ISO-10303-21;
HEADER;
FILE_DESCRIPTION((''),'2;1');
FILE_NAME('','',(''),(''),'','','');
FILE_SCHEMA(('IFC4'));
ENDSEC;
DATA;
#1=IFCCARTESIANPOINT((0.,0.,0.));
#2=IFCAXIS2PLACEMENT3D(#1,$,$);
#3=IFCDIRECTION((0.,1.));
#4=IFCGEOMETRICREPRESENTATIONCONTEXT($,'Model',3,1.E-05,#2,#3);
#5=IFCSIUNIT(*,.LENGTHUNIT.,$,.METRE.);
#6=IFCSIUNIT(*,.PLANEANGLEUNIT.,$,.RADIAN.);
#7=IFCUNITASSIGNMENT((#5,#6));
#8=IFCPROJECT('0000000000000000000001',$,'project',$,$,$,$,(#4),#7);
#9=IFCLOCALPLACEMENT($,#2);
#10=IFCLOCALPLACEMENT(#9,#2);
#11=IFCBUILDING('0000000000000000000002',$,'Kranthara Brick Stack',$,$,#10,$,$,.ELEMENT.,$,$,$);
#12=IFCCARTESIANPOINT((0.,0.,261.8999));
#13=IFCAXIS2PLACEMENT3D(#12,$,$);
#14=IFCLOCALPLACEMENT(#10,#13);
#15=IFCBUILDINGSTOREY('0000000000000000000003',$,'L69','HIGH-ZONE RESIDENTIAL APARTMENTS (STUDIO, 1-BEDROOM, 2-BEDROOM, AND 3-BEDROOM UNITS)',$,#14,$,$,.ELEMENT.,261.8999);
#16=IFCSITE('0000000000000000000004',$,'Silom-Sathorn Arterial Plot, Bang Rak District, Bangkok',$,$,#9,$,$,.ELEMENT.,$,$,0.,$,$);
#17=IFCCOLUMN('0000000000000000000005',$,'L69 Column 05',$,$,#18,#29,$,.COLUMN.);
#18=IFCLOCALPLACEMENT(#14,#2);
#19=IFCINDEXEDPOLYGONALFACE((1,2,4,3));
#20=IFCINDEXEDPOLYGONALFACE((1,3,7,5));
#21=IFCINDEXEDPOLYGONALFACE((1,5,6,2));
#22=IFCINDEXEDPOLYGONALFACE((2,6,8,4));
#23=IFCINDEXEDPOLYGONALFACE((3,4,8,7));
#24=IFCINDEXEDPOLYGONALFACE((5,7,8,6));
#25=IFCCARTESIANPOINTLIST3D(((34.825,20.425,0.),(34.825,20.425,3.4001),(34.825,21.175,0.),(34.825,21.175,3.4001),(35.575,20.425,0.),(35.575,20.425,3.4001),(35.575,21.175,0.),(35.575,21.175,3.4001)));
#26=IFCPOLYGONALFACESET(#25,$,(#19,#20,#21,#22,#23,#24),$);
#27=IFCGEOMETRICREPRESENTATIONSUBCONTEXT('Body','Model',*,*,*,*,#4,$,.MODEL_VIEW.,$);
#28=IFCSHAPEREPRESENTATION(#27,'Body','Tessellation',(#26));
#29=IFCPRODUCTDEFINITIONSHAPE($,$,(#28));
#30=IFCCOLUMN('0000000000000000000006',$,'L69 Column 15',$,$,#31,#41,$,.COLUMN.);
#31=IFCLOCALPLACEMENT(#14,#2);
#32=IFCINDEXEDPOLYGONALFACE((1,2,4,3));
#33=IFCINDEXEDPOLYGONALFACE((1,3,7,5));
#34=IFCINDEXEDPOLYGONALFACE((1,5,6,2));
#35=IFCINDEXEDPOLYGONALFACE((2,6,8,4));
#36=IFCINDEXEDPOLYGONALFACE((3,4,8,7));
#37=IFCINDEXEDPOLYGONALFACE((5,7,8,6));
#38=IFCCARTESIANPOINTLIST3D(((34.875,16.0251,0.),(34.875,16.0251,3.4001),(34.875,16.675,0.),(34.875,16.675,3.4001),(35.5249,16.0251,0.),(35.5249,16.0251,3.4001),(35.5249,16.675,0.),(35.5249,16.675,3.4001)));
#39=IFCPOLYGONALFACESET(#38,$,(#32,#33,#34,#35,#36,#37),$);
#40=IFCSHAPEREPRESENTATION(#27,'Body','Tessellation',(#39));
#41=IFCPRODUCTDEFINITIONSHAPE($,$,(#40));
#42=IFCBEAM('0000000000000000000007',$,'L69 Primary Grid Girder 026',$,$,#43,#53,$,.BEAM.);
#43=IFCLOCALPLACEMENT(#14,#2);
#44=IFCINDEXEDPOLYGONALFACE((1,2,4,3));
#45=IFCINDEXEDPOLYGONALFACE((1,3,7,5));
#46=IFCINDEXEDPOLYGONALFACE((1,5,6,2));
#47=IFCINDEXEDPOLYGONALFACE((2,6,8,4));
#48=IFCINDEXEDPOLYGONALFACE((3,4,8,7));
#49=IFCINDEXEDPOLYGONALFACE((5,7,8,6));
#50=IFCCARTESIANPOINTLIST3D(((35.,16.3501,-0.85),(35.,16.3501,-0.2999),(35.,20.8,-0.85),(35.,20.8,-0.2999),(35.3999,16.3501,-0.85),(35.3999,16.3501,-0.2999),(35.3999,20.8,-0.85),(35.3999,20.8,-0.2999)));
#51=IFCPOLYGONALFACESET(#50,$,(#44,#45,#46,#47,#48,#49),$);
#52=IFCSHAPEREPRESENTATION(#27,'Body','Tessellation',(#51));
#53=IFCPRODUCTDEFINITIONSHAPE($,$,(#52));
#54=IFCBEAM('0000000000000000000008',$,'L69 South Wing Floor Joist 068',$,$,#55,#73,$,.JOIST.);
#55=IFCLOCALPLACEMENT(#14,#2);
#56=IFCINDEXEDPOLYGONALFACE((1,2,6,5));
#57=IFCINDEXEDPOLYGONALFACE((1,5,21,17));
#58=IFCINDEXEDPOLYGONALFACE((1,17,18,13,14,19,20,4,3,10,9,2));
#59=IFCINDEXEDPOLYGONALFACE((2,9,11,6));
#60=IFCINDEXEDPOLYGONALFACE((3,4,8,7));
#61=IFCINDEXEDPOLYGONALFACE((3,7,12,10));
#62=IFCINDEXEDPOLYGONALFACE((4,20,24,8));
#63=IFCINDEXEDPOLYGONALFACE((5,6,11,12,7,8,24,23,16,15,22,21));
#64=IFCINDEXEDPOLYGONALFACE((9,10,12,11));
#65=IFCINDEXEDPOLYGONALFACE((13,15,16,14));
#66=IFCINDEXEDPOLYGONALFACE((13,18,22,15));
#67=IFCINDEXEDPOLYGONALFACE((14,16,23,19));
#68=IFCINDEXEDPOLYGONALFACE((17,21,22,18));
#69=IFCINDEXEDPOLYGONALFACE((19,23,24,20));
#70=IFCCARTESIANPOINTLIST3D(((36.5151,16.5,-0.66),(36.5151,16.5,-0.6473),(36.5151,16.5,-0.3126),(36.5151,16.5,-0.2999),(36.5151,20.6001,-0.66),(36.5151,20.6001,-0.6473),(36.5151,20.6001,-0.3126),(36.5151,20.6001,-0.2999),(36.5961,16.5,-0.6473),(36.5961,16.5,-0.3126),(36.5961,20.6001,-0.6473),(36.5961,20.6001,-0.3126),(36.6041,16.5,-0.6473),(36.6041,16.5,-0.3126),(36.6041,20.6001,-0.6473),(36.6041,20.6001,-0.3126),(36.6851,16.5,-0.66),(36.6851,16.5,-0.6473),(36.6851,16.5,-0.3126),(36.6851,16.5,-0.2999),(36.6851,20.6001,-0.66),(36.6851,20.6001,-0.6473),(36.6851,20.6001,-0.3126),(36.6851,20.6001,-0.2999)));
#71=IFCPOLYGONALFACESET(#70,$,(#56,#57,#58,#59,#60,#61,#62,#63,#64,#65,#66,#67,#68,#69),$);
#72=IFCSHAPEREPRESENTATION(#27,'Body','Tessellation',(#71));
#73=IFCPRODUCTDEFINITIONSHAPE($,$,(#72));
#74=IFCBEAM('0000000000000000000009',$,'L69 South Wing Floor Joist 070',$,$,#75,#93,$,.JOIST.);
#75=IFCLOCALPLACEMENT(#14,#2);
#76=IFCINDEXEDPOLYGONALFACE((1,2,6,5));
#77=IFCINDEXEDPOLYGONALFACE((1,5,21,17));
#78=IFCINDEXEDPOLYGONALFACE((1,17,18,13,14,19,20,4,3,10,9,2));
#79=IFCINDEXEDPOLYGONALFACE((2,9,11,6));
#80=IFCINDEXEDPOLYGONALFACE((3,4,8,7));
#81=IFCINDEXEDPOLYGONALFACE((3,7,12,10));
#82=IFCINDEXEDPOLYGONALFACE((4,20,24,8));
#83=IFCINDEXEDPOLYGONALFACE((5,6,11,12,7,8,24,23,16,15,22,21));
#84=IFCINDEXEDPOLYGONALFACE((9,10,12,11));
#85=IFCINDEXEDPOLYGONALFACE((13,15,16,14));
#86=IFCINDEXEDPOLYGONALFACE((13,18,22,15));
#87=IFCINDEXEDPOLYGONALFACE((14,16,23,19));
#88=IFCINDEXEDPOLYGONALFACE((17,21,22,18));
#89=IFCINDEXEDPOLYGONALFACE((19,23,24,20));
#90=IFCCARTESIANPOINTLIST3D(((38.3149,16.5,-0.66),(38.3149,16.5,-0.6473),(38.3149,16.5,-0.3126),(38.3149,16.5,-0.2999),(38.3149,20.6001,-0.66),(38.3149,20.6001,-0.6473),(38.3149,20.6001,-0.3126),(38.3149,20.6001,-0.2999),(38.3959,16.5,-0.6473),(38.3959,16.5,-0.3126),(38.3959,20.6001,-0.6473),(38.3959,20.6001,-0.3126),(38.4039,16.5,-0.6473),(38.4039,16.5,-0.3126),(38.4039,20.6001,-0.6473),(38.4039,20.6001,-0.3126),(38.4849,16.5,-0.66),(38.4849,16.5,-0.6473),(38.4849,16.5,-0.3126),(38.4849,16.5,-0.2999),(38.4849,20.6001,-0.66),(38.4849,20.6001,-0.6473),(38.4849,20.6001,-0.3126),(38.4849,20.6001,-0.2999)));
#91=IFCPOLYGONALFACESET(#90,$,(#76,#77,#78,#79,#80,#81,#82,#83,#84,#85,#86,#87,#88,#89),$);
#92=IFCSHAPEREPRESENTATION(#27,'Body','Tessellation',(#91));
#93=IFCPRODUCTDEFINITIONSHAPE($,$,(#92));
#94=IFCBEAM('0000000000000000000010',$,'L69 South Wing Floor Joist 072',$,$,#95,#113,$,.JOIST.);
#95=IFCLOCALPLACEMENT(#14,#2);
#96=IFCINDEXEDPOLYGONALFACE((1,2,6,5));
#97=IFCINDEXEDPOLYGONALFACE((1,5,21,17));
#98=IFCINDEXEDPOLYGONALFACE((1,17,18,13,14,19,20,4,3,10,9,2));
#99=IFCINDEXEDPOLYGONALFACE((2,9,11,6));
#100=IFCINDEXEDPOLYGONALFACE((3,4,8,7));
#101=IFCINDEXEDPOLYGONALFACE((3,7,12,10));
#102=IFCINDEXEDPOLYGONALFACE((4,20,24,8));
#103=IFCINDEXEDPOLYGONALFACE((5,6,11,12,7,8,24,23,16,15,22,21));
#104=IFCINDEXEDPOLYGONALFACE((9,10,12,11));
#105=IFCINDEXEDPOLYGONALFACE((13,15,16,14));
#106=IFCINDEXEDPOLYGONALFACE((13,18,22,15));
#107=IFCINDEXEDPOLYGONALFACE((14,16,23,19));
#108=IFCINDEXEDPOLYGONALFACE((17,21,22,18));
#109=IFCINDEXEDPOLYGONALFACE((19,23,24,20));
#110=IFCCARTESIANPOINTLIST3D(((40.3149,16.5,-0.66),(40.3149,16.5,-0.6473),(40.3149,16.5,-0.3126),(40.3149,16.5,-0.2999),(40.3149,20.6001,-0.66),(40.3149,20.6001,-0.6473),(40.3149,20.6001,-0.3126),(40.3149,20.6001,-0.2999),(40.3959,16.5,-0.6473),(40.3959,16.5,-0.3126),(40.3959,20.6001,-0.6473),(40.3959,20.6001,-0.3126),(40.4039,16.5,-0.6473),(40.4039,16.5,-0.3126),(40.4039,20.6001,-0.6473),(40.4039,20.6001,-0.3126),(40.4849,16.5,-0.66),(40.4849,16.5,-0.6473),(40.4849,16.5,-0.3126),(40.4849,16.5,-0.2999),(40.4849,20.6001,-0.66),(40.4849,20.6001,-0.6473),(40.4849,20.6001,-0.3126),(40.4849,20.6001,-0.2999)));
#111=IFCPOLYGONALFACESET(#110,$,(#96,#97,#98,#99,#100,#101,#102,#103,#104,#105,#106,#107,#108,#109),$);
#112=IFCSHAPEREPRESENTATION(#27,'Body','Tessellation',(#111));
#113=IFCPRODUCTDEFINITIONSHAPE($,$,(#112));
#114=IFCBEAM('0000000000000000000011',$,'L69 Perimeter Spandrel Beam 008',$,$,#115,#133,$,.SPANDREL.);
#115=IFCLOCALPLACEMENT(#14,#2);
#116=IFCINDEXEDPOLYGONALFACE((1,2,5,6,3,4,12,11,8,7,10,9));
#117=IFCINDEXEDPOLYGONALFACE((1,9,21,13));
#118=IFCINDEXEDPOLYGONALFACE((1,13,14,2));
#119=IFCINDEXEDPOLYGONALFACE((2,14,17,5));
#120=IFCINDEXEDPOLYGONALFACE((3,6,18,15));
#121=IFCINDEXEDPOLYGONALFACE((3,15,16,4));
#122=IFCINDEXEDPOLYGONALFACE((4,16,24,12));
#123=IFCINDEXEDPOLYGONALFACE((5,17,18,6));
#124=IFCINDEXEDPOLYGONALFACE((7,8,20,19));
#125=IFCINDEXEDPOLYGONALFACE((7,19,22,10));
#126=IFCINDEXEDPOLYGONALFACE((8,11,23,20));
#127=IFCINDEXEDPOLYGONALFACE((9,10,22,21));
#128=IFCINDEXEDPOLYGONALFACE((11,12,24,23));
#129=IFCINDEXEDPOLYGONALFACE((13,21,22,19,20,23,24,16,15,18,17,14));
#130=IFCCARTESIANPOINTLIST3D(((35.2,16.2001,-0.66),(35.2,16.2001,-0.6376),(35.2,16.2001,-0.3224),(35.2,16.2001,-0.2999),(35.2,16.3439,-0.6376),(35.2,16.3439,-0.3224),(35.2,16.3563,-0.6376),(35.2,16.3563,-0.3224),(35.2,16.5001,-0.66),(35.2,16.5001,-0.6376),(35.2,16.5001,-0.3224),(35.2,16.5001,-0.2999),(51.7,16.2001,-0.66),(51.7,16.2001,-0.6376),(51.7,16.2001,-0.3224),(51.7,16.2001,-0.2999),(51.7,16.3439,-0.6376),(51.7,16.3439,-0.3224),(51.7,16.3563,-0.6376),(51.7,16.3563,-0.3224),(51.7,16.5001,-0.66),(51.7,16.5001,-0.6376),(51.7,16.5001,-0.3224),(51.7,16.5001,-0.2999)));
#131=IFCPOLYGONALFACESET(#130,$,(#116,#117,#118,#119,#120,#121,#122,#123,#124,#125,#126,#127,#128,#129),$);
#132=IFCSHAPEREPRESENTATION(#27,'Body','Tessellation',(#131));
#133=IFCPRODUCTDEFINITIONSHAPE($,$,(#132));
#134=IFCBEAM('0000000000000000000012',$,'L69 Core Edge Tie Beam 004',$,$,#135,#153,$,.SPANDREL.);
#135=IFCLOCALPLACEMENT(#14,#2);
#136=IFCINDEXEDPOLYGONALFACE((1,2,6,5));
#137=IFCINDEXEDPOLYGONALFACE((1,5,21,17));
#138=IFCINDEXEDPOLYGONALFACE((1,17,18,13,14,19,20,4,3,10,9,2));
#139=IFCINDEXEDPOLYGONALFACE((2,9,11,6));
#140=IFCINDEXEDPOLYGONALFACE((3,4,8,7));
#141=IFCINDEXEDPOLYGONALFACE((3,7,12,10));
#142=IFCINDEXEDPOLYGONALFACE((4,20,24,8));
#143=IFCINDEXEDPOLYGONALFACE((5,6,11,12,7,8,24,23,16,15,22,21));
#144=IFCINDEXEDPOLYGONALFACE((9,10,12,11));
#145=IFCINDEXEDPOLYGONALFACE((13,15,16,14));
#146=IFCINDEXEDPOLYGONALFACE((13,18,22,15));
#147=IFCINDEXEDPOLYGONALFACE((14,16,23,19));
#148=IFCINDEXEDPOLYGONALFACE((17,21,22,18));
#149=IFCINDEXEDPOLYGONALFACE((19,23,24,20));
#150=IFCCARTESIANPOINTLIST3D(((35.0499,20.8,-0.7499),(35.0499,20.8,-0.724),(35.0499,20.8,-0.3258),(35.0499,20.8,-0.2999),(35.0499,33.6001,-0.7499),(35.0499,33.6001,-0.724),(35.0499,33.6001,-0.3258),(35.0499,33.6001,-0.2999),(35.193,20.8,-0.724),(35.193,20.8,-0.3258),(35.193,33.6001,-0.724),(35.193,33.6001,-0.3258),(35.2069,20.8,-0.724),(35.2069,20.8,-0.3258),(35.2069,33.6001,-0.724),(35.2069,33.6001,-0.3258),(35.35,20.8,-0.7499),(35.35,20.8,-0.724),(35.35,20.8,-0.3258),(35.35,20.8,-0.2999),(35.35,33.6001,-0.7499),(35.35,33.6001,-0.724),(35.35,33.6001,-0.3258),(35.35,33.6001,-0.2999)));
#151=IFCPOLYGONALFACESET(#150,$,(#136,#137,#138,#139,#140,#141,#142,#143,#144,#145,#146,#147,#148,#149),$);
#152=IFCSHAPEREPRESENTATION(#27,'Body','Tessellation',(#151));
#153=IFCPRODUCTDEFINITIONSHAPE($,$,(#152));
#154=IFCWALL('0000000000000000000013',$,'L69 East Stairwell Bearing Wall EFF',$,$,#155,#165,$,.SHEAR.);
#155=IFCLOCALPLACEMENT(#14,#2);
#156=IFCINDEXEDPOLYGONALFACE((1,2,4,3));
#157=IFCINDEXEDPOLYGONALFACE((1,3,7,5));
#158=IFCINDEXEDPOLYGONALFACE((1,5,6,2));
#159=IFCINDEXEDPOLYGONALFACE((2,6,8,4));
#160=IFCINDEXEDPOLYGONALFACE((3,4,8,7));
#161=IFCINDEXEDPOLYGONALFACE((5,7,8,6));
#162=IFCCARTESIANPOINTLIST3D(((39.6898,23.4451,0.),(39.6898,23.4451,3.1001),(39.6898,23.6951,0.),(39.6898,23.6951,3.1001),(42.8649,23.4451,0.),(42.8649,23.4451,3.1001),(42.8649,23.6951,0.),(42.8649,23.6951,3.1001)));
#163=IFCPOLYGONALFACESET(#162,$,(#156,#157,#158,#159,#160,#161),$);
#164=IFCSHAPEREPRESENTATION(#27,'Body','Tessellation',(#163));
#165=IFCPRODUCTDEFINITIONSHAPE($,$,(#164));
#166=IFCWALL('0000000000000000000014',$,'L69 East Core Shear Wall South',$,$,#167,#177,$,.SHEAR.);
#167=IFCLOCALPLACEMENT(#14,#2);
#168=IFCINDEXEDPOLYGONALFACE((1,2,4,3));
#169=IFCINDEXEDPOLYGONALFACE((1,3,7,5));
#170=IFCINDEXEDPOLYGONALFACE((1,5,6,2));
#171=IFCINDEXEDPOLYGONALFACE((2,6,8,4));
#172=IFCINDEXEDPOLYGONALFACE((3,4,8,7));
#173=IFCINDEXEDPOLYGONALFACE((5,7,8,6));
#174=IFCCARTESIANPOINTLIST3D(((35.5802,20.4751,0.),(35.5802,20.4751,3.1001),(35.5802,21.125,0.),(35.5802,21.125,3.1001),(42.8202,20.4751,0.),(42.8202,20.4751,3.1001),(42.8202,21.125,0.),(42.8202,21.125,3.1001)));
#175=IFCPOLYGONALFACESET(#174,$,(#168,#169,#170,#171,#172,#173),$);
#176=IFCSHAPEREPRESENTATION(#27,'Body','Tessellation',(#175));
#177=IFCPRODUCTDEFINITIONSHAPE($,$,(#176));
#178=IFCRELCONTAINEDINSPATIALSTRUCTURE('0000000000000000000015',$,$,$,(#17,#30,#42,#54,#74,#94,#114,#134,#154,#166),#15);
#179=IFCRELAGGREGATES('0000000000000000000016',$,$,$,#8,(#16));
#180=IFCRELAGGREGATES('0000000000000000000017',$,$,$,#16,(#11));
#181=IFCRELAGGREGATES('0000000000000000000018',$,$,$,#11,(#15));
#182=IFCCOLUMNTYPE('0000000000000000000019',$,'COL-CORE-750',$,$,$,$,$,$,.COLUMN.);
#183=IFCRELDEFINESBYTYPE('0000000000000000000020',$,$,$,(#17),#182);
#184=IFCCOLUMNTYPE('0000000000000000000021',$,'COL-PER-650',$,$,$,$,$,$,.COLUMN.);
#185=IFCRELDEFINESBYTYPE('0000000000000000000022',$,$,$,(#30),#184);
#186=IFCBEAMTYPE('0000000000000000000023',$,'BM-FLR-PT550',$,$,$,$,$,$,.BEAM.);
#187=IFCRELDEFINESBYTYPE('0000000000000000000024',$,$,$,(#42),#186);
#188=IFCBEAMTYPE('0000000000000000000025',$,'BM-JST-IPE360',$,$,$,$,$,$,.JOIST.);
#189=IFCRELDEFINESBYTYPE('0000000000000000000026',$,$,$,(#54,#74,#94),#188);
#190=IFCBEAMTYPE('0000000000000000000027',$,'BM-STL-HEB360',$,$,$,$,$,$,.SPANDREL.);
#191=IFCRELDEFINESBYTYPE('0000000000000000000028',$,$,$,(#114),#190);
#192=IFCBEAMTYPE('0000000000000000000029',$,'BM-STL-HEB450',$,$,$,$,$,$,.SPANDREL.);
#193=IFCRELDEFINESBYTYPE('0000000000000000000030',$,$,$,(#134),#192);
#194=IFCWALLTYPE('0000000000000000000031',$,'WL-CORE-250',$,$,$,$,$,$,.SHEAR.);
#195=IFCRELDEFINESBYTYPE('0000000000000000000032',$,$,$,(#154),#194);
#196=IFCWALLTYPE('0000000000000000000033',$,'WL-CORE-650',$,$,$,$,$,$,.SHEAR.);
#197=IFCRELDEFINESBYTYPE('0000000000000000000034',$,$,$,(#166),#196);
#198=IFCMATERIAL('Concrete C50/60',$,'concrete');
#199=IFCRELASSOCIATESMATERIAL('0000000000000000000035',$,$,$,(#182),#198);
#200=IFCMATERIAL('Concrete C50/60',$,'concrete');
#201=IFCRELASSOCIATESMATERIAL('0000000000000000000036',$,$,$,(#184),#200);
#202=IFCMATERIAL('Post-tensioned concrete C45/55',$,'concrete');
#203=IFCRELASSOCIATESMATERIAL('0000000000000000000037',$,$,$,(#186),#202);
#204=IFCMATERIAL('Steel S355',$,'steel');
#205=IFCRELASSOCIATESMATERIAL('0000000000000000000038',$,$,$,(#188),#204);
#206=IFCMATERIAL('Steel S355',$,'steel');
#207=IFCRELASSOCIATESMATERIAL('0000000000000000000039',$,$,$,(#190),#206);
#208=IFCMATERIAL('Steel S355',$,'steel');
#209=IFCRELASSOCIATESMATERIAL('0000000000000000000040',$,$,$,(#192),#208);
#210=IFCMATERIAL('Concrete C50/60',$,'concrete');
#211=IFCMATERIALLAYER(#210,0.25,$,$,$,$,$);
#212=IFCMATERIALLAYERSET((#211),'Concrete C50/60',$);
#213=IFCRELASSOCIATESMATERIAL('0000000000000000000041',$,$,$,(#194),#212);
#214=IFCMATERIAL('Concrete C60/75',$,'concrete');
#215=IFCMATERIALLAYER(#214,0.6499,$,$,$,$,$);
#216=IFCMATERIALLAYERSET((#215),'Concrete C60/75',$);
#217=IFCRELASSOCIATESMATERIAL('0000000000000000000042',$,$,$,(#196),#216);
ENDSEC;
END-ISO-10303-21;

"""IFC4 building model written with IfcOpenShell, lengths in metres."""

from ifc_helpers import new_model, si_unit, direction, frame, frame_2d, origin, origin_2d, place, context, subcontext, project, spatial, rectangle, i_section, extrude, material, layer, layer_set, material_profile, profile_set, type_object, element, save


model = new_model("IFC4")

# Units and contexts
model_context = context("Model", 3, precision=1e-05, world=origin(), true_north=direction((0.0, 1.0)))
body_context = subcontext(model_context, "Body", "Model", "MODEL_VIEW")
ifc_project = project(units=[si_unit("LENGTHUNIT", "METRE"), si_unit("PLANEANGLEUNIT", "RADIAN")], contexts=[model_context])

# Site, building, storey
site_placement = place(None, origin())
site = spatial("IfcSite", under=ifc_project, at=site_placement, Name="Silom-Sathorn Arterial Plot, Bang Rak District, Bangkok", CompositionType="ELEMENT", RefElevation=0.0)
building_placement = place(site_placement, origin())
building = spatial("IfcBuilding", under=site, at=building_placement, Name="Kranthara Brick Stack", CompositionType="ELEMENT")
storey_placement = place(building_placement, frame((0.0, 0.0, 261.8999)))
storey = spatial("IfcBuildingStorey", under=building, at=storey_placement, Name="L69", Description="HIGH-ZONE RESIDENTIAL APARTMENTS (STUDIO, 1-BEDROOM, 2-BEDROOM, AND 3-BEDROOM UNITS)", CompositionType="ELEMENT", Elevation=261.8999)

# Columns
ifc_material_1 = material(Name="Concrete C50/60", Category="concrete")
ifc_material_profile_1 = material_profile(ifc_material_1, rectangle(XDim=0.75, YDim=0.75, at=origin_2d()), Name="RC 750x750")
ifc_profile_set_1 = profile_set([ifc_material_profile_1], Name="Concrete C50/60")
column_type_1 = type_object("IfcColumnType", Name="COL-CORE-750", PredefinedType="COLUMN", material=ifc_profile_set_1)
column_1_placement = place(storey_placement, frame((35.2, 20.8, 0.0), z_axis=(0.0, 0.0, 1.0), x_axis=(1.0, 0.0, 0.0)))
element("IfcColumn", 1, at=column_1_placement, inside=storey, type_object=column_type_1, Name="L69 Column 05", PredefinedType="COLUMN", context=body_context, shape_type="SweptSolid", body=[
    extrude(rectangle(XDim=0.75, YDim=0.75, at=origin_2d()), origin(), (0.0, 0.0, 1.0), 3.4001),
])
ifc_material_2 = material(Name="Concrete C50/60", Category="concrete")
ifc_material_profile_2 = material_profile(ifc_material_2, rectangle(XDim=0.6499, YDim=0.6499, at=origin_2d()), Name="RC 650x650")
ifc_profile_set_2 = profile_set([ifc_material_profile_2], Name="Concrete C50/60")
column_type_2 = type_object("IfcColumnType", Name="COL-PER-650", PredefinedType="COLUMN", material=ifc_profile_set_2)
column_2_placement = place(storey_placement, frame((35.2, 16.3501, 0.0), z_axis=(0.0, 0.0, 1.0), x_axis=(1.0, 0.0, 0.0)))
element("IfcColumn", 2, at=column_2_placement, inside=storey, type_object=column_type_2, Name="L69 Column 15", PredefinedType="COLUMN", context=body_context, shape_type="SweptSolid", body=[
    extrude(rectangle(XDim=0.6499, YDim=0.6499, at=origin_2d()), origin(), (0.0, 0.0, 1.0), 3.4001),
])

# Beams
ifc_material_3 = material(Name="Post-tensioned concrete C45/55", Category="concrete")
ifc_material_profile_3 = material_profile(ifc_material_3, rectangle(XDim=0.3999, YDim=0.55, at=origin_2d()), Name="PT 400x550")
ifc_profile_set_3 = profile_set([ifc_material_profile_3], Name="Post-tensioned concrete C45/55")
beam_type_1 = type_object("IfcBeamType", Name="BM-FLR-PT550", PredefinedType="BEAM", material=ifc_profile_set_3)
beam_1_placement = place(storey_placement, frame((35.2, 16.3501, -0.575), z_axis=(0.0, 1.0, 0.0), x_axis=(-1.0, 0.0, 0.0)))
element("IfcBeam", 3, at=beam_1_placement, inside=storey, type_object=beam_type_1, Name="L69 Primary Grid Girder 026", PredefinedType="BEAM", context=body_context, shape_type="SweptSolid", body=[
    extrude(rectangle(XDim=0.3999, YDim=0.55, at=origin_2d()), origin(), (0.0, 0.0, 1.0), 4.45),
])
ifc_material_4 = material(Name="Steel S355", Category="steel")
ifc_material_profile_4 = material_profile(ifc_material_4, i_section(OverallWidth=0.1699, OverallDepth=0.3601, WebThickness=0.0081, FlangeThickness=0.0127, at=origin_2d()), Name="IPE 360")
ifc_profile_set_4 = profile_set([ifc_material_profile_4], Name="Steel S355")
beam_type_2 = type_object("IfcBeamType", Name="BM-JST-IPE360", PredefinedType="JOIST", material=ifc_profile_set_4)
for number, where, z_axis, x_axis, name in (
    (4, (36.6001, 16.5, -0.48), (0.0, 1.0, 0.0), (-1.0, 0.0, 0.0), "L69 South Wing Floor Joist 068"),
    (5, (38.3999, 16.5, -0.48), (0.0, 1.0, 0.0), (-1.0, 0.0, 0.0), "L69 South Wing Floor Joist 070"),
    (6, (40.3999, 16.5, -0.48), (0.0, 1.0, 0.0), (-1.0, 0.0, 0.0), "L69 South Wing Floor Joist 072"),
):
    element("IfcBeam", number, at=place(storey_placement, frame(where, z_axis=z_axis, x_axis=x_axis)), inside=storey, type_object=beam_type_2, Name=name, PredefinedType="JOIST", context=body_context, shape_type="SweptSolid", body=[
        extrude(i_section(OverallWidth=0.1699, OverallDepth=0.3601, WebThickness=0.0081, FlangeThickness=0.0127, at=origin_2d()), origin(), (0.0, 0.0, 1.0), 4.1001),
    ])
ifc_material_5 = material(Name="Steel S355", Category="steel")
ifc_material_profile_5 = material_profile(ifc_material_5, i_section(OverallWidth=0.3, OverallDepth=0.3601, WebThickness=0.0125, FlangeThickness=0.0225, at=origin_2d()), Name="HEB 360")
ifc_profile_set_5 = profile_set([ifc_material_profile_5], Name="Steel S355")
beam_type_3 = type_object("IfcBeamType", Name="BM-STL-HEB360", PredefinedType="SPANDREL", material=ifc_profile_set_5)
beam_2_placement = place(storey_placement, frame((35.2, 16.3501, -0.48), z_axis=(1.0, 0.0, 0.0), x_axis=(0.0, 1.0, 0.0)))
element("IfcBeam", 7, at=beam_2_placement, inside=storey, type_object=beam_type_3, Name="L69 Perimeter Spandrel Beam 008", PredefinedType="SPANDREL", context=body_context, shape_type="SweptSolid", body=[
    extrude(i_section(OverallWidth=0.3, OverallDepth=0.3601, WebThickness=0.0125, FlangeThickness=0.0225, at=origin_2d()), origin(), (0.0, 0.0, 1.0), 16.5),
])
ifc_material_6 = material(Name="Steel S355", Category="steel")
ifc_material_profile_6 = material_profile(ifc_material_6, i_section(OverallWidth=0.3, OverallDepth=0.45, WebThickness=0.0139, FlangeThickness=0.0259, at=origin_2d()), Name="HEB 450")
ifc_profile_set_6 = profile_set([ifc_material_profile_6], Name="Steel S355")
beam_type_4 = type_object("IfcBeamType", Name="BM-STL-HEB450", PredefinedType="SPANDREL", material=ifc_profile_set_6)
beam_3_placement = place(storey_placement, frame((35.2, 20.8, -0.5249), z_axis=(0.0, 1.0, 0.0), x_axis=(-1.0, 0.0, 0.0)))
element("IfcBeam", 8, at=beam_3_placement, inside=storey, type_object=beam_type_4, Name="L69 Core Edge Tie Beam 004", PredefinedType="SPANDREL", context=body_context, shape_type="SweptSolid", body=[
    extrude(i_section(OverallWidth=0.3, OverallDepth=0.45, WebThickness=0.0139, FlangeThickness=0.0259, at=origin_2d()), origin(), (0.0, 0.0, 1.0), 12.8),
])

# Shared definitions
ifc_material_7 = material(Name="Concrete C50/60", Category="concrete")
ifc_layer_1 = layer(ifc_material_7, 0.25)
ifc_layer_set_1 = layer_set([ifc_layer_1], Name="Concrete C50/60")
wall_type_1 = type_object("IfcWallType", Name="WL-CORE-250", PredefinedType="SHEAR", material=ifc_layer_set_1)

# Walls
wall_1_placement = place(storey_placement, frame((39.6899, 23.5701, 0.0), z_axis=(0.0, 0.0, 1.0), x_axis=(1.0, 0.0, 0.0)))
element("IfcWall", 9, at=wall_1_placement, inside=storey, type_object=wall_type_1, Name="L69 East Stairwell Bearing Wall EFF", PredefinedType="SHEAR", context=body_context, shape_type="SweptSolid", body=[
    extrude(rectangle(XDim=3.175, YDim=0.25, at=frame_2d((1.5874, 0.0))), origin(), (0.0, 0.0, 1.0), 3.1001),
])
ifc_material_8 = material(Name="Concrete C60/75", Category="concrete")
ifc_layer_2 = layer(ifc_material_8, 0.6499)
ifc_layer_set_2 = layer_set([ifc_layer_2], Name="Concrete C60/75")
wall_type_2 = type_object("IfcWallType", Name="WL-CORE-650", PredefinedType="SHEAR", material=ifc_layer_set_2)
wall_2_placement = place(storey_placement, frame((35.5801, 20.8, 0.0), z_axis=(0.0, 0.0, 1.0), x_axis=(1.0, 0.0, 0.0)))
element("IfcWall", 10, at=wall_2_placement, inside=storey, type_object=wall_type_2, Name="L69 East Core Shear Wall South", PredefinedType="SHEAR", context=body_context, shape_type="SweptSolid", body=[
    extrude(rectangle(XDim=7.24, YDim=0.6499, at=frame_2d((3.6201, 0.0))), origin(), (0.0, 0.0, 1.0), 3.1001),
])

save(model, "model.ifc")
